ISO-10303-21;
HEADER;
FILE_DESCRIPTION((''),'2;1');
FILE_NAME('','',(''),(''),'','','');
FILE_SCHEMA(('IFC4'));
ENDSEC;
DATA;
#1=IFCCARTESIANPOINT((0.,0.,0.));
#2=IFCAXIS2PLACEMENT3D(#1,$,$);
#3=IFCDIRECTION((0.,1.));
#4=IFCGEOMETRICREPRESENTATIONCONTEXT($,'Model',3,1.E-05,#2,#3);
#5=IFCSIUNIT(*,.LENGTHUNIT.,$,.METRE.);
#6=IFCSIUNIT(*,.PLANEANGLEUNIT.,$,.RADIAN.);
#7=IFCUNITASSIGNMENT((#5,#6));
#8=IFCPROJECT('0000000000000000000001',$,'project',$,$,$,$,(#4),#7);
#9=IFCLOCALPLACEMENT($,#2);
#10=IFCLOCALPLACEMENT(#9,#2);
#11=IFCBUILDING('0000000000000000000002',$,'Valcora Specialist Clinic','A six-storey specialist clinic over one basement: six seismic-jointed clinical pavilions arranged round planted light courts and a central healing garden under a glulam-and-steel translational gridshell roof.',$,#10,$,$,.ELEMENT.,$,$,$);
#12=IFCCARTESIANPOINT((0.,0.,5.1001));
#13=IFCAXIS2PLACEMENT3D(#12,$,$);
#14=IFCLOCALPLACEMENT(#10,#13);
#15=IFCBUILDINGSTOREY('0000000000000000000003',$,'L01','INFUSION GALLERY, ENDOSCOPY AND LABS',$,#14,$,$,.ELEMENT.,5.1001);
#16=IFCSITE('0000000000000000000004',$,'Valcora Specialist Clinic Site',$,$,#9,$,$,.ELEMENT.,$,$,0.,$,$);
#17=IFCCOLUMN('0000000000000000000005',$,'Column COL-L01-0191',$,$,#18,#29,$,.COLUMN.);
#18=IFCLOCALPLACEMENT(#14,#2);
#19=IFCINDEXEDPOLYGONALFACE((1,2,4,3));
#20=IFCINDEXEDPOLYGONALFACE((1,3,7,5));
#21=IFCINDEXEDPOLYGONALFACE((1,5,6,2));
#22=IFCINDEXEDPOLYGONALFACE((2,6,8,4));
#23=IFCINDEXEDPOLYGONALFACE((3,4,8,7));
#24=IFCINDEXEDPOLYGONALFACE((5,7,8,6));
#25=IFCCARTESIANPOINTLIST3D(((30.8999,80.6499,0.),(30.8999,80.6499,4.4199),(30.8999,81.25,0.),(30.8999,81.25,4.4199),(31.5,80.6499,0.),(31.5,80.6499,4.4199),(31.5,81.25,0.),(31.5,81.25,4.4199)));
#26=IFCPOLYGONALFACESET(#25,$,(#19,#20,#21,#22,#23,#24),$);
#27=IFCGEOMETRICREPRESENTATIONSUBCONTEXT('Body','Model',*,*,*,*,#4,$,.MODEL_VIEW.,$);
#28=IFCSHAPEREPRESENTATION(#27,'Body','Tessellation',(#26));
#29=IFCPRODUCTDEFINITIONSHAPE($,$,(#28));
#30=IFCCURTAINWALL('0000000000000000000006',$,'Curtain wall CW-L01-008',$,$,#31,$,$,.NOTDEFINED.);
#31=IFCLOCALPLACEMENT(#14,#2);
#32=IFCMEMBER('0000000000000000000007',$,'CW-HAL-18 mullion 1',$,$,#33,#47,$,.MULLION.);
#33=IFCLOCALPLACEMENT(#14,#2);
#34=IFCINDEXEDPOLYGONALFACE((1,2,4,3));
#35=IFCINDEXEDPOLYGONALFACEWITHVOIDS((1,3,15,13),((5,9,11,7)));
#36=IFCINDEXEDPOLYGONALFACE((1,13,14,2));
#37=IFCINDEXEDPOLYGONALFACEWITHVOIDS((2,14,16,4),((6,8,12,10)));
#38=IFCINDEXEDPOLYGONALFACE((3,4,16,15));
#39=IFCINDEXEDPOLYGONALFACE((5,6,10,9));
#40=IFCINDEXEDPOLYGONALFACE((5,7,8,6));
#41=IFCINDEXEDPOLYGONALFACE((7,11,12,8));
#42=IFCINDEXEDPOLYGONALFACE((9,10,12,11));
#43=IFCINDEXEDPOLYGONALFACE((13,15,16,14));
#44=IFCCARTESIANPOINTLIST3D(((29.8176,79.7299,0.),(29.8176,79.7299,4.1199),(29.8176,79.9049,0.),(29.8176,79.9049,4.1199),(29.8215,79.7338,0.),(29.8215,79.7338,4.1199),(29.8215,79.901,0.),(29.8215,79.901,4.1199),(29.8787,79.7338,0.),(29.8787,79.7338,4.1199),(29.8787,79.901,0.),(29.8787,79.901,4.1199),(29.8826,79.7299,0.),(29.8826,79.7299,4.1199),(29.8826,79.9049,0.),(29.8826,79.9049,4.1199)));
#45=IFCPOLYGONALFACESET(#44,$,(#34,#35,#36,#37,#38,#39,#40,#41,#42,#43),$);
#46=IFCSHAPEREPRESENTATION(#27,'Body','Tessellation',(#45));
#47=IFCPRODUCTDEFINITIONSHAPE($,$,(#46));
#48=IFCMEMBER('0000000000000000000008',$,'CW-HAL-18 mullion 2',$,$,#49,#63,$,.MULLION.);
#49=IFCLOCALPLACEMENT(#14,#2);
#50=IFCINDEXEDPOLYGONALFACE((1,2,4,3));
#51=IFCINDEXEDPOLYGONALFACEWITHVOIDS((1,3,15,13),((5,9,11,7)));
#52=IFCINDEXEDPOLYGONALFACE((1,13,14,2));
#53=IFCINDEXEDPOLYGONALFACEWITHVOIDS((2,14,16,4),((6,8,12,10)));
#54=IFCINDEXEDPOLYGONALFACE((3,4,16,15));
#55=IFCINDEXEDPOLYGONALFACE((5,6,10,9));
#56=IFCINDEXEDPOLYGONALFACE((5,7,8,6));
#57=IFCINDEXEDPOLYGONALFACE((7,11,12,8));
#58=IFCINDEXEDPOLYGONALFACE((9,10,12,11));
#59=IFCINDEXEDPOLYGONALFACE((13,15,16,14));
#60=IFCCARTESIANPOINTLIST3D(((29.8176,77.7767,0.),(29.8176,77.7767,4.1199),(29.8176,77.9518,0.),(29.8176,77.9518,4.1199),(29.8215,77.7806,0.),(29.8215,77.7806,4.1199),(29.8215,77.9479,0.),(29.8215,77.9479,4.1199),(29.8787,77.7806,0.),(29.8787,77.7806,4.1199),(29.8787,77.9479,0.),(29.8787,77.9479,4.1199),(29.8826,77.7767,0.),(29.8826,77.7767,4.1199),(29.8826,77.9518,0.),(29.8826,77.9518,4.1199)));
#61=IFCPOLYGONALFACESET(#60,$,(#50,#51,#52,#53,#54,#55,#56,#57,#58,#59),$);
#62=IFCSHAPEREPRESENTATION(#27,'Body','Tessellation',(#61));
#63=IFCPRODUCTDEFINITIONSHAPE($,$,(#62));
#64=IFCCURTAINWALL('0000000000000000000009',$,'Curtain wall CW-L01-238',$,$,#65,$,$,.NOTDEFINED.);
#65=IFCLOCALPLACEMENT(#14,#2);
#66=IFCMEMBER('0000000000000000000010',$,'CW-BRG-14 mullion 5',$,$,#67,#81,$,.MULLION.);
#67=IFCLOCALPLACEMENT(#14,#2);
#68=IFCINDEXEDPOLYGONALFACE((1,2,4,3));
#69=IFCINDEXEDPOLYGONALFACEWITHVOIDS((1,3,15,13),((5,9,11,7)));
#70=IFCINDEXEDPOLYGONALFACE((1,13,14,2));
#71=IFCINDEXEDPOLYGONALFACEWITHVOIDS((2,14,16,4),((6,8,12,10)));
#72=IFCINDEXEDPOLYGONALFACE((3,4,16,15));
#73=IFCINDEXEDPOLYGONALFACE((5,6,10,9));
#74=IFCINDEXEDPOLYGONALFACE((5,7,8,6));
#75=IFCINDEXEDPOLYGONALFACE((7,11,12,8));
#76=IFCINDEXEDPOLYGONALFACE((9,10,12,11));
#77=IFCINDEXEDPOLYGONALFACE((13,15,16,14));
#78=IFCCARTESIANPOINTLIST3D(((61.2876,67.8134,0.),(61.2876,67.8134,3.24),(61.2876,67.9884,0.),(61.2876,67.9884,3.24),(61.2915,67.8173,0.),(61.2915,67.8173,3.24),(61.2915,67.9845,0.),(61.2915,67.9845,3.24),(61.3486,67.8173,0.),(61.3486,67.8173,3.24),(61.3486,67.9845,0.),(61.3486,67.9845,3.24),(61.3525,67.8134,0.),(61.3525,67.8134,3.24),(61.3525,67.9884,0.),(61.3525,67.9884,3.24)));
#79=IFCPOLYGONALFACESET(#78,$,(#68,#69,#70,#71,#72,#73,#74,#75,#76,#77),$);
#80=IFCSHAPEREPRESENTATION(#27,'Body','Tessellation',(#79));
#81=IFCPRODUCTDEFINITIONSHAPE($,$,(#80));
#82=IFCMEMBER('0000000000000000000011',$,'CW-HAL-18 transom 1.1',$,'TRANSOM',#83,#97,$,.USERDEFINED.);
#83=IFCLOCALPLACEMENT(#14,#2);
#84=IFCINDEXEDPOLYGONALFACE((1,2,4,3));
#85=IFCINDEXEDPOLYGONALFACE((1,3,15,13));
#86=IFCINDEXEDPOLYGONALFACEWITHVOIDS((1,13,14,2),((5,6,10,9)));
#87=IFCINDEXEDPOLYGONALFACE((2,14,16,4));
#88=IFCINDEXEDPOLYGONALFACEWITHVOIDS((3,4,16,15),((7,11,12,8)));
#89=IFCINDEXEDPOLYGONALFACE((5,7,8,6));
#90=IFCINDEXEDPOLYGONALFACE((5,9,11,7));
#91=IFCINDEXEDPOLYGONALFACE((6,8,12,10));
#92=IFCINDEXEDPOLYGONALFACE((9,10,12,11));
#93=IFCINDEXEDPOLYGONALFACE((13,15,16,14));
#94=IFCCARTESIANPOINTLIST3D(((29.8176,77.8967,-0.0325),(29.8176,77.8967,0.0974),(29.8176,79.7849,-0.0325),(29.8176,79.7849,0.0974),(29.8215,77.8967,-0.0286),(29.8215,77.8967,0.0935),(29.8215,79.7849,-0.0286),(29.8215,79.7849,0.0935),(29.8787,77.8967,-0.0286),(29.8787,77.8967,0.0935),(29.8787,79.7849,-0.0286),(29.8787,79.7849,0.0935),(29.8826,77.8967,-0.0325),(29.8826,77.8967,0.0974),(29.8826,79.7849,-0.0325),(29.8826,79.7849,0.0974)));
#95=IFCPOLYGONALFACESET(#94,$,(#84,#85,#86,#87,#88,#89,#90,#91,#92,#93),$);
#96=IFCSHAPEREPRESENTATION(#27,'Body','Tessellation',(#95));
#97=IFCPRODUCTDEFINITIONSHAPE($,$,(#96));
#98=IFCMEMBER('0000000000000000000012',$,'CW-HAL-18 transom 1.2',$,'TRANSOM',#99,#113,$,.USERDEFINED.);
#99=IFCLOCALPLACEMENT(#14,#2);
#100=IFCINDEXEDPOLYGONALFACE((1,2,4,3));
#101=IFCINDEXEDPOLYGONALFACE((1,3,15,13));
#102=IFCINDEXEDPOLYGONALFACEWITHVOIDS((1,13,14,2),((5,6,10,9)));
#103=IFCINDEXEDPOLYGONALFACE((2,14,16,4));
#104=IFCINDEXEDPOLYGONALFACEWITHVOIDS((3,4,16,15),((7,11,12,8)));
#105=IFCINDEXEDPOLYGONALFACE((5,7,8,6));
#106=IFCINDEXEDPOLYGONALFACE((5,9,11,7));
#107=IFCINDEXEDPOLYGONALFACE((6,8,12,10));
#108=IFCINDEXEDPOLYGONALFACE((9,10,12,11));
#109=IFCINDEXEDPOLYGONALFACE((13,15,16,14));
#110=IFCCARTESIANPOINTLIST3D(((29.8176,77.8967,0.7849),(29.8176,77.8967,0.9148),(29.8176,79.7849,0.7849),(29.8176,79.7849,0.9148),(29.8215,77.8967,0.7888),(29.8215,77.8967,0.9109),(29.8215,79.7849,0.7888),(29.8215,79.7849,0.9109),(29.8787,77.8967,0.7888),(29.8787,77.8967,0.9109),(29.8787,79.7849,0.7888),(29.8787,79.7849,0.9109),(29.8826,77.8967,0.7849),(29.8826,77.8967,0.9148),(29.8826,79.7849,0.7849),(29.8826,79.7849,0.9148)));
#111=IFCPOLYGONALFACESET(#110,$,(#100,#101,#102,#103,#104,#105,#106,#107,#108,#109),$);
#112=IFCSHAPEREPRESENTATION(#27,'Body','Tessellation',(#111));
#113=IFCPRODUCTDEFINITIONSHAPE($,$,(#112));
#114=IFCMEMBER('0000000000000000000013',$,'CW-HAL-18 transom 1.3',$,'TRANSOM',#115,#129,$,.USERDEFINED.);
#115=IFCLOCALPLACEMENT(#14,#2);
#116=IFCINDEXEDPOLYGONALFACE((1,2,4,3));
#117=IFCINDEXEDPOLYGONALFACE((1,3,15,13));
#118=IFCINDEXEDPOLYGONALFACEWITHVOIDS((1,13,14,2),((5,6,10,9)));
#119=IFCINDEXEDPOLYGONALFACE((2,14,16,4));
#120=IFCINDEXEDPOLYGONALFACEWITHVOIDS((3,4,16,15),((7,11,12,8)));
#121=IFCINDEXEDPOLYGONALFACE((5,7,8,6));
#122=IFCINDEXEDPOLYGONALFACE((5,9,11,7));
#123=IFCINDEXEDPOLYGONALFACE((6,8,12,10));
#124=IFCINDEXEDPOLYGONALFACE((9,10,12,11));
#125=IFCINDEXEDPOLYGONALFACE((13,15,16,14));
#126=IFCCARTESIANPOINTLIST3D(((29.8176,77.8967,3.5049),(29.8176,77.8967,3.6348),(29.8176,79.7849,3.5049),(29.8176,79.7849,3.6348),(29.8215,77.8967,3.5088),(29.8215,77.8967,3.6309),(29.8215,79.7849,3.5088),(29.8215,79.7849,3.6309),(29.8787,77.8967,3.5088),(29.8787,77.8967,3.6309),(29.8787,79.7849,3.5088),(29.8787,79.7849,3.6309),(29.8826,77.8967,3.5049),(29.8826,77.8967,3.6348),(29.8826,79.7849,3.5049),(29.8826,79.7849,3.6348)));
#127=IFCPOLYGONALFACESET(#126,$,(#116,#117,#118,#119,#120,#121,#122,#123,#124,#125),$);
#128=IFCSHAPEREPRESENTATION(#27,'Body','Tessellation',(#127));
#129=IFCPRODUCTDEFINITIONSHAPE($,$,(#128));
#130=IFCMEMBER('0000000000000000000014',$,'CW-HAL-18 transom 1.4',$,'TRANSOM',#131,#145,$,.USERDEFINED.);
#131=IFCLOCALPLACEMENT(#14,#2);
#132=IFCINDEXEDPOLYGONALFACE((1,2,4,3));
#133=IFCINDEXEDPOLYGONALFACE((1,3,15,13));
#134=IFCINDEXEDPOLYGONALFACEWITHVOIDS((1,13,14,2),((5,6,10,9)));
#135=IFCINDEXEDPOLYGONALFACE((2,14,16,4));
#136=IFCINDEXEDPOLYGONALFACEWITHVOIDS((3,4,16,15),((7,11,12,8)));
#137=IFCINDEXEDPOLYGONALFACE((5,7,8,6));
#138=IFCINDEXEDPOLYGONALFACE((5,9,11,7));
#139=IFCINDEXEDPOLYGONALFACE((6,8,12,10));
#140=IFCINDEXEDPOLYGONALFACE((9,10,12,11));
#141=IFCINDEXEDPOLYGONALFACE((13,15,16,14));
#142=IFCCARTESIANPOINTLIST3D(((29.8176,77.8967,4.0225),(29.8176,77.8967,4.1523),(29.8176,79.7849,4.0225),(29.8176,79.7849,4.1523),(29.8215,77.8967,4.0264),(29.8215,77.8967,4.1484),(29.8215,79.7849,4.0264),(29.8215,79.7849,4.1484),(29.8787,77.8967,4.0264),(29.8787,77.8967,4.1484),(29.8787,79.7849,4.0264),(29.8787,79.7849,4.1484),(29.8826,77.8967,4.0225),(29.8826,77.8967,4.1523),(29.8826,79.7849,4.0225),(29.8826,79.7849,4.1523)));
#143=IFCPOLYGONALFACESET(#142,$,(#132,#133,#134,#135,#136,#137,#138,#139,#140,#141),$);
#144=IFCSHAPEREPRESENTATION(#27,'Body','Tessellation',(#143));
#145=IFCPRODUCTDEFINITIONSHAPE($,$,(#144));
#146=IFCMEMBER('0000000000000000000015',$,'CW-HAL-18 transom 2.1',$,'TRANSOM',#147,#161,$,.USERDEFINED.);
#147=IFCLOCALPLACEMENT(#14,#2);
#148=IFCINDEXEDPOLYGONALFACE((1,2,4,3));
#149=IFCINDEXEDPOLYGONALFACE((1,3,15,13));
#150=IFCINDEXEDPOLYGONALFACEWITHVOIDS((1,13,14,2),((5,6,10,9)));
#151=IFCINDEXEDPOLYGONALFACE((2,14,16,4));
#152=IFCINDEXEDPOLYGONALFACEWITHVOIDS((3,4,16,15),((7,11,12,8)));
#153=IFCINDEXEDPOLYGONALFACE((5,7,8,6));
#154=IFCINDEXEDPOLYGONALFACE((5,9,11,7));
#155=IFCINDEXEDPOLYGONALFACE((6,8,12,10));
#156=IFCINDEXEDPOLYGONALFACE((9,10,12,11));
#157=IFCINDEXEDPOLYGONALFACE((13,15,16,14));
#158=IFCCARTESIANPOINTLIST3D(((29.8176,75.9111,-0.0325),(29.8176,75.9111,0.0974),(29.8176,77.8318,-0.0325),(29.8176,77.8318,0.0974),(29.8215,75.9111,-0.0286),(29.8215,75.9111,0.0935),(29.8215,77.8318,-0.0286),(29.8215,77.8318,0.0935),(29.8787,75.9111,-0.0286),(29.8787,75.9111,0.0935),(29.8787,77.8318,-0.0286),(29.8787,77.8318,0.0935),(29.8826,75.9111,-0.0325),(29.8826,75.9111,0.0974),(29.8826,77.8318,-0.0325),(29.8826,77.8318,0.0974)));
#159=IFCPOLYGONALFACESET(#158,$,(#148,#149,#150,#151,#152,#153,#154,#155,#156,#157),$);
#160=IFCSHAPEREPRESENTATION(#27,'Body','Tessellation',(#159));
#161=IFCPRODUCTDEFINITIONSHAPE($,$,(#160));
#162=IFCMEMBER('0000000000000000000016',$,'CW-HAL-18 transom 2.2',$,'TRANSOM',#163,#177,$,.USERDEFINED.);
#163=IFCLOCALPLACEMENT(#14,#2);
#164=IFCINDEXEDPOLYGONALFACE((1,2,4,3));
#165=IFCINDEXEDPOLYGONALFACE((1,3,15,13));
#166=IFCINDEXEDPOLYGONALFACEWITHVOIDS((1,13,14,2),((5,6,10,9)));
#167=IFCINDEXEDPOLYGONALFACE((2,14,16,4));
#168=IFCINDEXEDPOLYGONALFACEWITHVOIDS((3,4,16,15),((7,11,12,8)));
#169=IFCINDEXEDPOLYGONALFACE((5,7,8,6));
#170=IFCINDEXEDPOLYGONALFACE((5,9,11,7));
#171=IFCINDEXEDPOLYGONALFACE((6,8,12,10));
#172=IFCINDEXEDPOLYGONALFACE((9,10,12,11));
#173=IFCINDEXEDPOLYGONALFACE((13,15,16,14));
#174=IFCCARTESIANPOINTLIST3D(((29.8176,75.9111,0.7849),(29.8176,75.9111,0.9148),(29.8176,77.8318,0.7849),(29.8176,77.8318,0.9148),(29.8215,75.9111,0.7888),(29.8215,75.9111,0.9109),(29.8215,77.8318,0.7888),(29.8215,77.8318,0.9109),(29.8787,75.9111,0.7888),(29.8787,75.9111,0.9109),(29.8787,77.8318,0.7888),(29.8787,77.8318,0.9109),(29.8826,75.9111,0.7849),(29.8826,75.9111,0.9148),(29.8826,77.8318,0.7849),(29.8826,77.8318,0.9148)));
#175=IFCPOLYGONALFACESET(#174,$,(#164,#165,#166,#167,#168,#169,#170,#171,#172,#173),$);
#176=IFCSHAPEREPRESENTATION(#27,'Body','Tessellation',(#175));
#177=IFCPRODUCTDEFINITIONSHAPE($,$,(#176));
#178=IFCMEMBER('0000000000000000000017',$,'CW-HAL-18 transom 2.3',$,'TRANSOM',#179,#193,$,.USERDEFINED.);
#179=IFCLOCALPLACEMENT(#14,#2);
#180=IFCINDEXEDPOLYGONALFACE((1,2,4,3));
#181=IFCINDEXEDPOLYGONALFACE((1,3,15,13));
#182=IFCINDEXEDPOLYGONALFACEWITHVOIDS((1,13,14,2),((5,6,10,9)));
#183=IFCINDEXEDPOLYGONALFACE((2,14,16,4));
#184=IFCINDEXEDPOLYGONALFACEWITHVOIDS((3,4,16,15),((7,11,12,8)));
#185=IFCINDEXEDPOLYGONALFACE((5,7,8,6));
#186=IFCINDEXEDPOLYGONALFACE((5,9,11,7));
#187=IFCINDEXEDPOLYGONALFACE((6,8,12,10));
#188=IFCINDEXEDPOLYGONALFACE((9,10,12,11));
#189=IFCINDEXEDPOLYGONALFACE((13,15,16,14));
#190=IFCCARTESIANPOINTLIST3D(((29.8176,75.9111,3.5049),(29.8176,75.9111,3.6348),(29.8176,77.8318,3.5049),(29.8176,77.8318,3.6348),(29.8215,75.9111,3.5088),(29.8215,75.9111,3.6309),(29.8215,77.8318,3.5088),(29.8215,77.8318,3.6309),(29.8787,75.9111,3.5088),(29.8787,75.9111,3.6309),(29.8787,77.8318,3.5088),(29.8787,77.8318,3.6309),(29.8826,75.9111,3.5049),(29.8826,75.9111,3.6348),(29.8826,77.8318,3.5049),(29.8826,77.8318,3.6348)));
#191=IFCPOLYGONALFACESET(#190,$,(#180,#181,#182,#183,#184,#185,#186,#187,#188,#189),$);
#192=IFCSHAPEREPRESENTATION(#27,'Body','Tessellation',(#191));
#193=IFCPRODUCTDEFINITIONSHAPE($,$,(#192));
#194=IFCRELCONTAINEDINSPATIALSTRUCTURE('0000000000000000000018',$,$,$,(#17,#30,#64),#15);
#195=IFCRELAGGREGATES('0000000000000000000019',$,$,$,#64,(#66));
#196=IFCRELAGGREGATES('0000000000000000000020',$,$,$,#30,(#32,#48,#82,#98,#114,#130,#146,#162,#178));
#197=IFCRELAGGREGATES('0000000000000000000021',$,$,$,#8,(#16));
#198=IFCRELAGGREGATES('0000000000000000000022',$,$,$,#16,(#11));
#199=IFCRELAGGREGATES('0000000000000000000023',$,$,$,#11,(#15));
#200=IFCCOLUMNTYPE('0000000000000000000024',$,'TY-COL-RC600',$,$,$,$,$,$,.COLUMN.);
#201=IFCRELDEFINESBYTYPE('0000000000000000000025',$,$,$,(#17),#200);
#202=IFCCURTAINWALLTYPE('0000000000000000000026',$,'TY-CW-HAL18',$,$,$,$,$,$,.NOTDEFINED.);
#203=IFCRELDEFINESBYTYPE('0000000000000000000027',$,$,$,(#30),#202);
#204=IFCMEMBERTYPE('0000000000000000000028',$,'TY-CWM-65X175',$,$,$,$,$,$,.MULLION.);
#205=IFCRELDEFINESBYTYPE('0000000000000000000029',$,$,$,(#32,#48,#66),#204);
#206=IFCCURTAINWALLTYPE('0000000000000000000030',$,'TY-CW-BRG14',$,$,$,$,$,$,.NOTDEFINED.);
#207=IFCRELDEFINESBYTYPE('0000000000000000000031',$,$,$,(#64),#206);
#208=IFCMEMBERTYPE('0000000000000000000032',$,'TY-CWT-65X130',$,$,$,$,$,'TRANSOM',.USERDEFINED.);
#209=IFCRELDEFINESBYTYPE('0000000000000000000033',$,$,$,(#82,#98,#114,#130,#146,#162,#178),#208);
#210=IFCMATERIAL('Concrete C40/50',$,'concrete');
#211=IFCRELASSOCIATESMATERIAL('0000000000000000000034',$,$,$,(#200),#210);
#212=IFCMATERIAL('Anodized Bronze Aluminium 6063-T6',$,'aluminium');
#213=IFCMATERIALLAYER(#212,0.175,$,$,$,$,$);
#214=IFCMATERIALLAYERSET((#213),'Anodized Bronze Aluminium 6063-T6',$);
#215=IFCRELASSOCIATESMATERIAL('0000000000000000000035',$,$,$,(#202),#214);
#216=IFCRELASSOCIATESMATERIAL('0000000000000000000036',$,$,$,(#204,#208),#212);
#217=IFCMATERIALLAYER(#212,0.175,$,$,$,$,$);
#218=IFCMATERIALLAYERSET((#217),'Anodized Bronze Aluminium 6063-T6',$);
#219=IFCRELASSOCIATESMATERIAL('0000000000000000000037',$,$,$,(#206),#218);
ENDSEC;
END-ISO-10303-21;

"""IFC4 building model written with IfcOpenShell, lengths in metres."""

from ifc_helpers import new_model, si_unit, direction, frame, origin, origin_2d, place, context, subcontext, project, spatial, rectangle, hollow_rectangle, extrude, material, layer, layer_set, material_profile, profile_set, type_object, element, aggregate, save


model = new_model("IFC4")

# Units and contexts
model_context = context("Model", 3, precision=1e-05, world=origin(), true_north=direction((0.0, 1.0)))
body_context = subcontext(model_context, "Body", "Model", "MODEL_VIEW")
ifc_project = project(units=[si_unit("LENGTHUNIT", "METRE"), si_unit("PLANEANGLEUNIT", "RADIAN")], contexts=[model_context])

# Site, building, storey
site_placement = place(None, origin())
site = spatial("IfcSite", under=ifc_project, at=site_placement, Name="Valcora Specialist Clinic Site", CompositionType="ELEMENT", RefElevation=0.0)
building_placement = place(site_placement, origin())
building = spatial("IfcBuilding", under=site, at=building_placement, Name="Valcora Specialist Clinic", Description="A six-storey specialist clinic over one basement: six seismic-jointed clinical pavilions arranged round planted light courts and a central healing garden under a glulam-and-steel translational gridshell roof.", CompositionType="ELEMENT")
storey_placement = place(building_placement, frame((0.0, 0.0, 5.1001)))
storey = spatial("IfcBuildingStorey", under=building, at=storey_placement, Name="L01", Description="INFUSION GALLERY, ENDOSCOPY AND LABS", CompositionType="ELEMENT", Elevation=5.1001)

# Column
ifc_material_1 = material(Name="Concrete C40/50", Category="concrete")
ifc_material_profile_1 = material_profile(ifc_material_1, rectangle(XDim=0.6001, YDim=0.6001, at=origin_2d()), Name="RC-COL-600X600")
ifc_profile_set_1 = profile_set([ifc_material_profile_1], Name="Concrete C40/50")
column_type = type_object("IfcColumnType", Name="TY-COL-RC600", PredefinedType="COLUMN", material=ifc_profile_set_1)
column_placement = place(storey_placement, frame((31.2, 80.95, 0.0), z_axis=(0.0, 0.0, 1.0), x_axis=(1.0, 0.0, 0.0)))
element("IfcColumn", 1, at=column_placement, inside=storey, type_object=column_type, Name="Column COL-L01-0191", PredefinedType="COLUMN", context=body_context, shape_type="SweptSolid", body=[
    extrude(rectangle(XDim=0.6001, YDim=0.6001, at=origin_2d()), origin(), (0.0, 0.0, 1.0), 4.4199),
])

# Curtain wall, members
ifc_material_2 = material(Name="Anodized Bronze Aluminium 6063-T6", Category="aluminium")
ifc_layer_1 = layer(ifc_material_2, 0.175)
ifc_layer_set_1 = layer_set([ifc_layer_1], Name="Anodized Bronze Aluminium 6063-T6")
curtain_wall_type_1 = type_object("IfcCurtainWallType", Name="TY-CW-HAL18", PredefinedType="NOTDEFINED", material=ifc_layer_set_1)
curtain_wall_1_placement = place(storey_placement, origin())
curtain_wall_1 = element("IfcCurtainWall", 2, at=curtain_wall_1_placement, inside=storey, type_object=curtain_wall_type_1, Name="Curtain wall CW-L01-008", PredefinedType="NOTDEFINED")
ifc_material_profile_2 = material_profile(ifc_material_2, hollow_rectangle(XDim=0.0649, YDim=0.175, WallThickness=0.0039, at=origin_2d()), Name="AL-MUL-65X175")
ifc_profile_set_2 = profile_set([ifc_material_profile_2], Name="Anodized Bronze Aluminium 6063-T6")
member_type_1 = type_object("IfcMemberType", Name="TY-CWM-65X175", PredefinedType="MULLION", material=ifc_profile_set_2)
member_1_placement = place(storey_placement, frame((29.8501, 79.8174, 0.0), z_axis=(0.0, 0.0, 1.0), x_axis=(1.0, 0.0, 0.0)))
member_1 = element("IfcMember", 3, at=member_1_placement, type_object=member_type_1, Name="CW-HAL-18 mullion 1", PredefinedType="MULLION", context=body_context, shape_type="SweptSolid", body=[
    extrude(hollow_rectangle(XDim=0.0649, YDim=0.175, WallThickness=0.0039, at=origin_2d()), origin(), (0.0, 0.0, 1.0), 4.1199),
])
member_2_placement = place(storey_placement, frame((29.8501, 77.8643, 0.0), z_axis=(0.0, 0.0, 1.0), x_axis=(1.0, 0.0, 0.0)))
member_2 = element("IfcMember", 4, at=member_2_placement, type_object=member_type_1, Name="CW-HAL-18 mullion 2", PredefinedType="MULLION", context=body_context, shape_type="SweptSolid", body=[
    extrude(hollow_rectangle(XDim=0.0649, YDim=0.175, WallThickness=0.0039, at=origin_2d()), origin(), (0.0, 0.0, 1.0), 4.1199),
])

# Curtain wall, member
ifc_layer_2 = layer(ifc_material_2, 0.175)
ifc_layer_set_2 = layer_set([ifc_layer_2], Name="Anodized Bronze Aluminium 6063-T6")
curtain_wall_type_2 = type_object("IfcCurtainWallType", Name="TY-CW-BRG14", PredefinedType="NOTDEFINED", material=ifc_layer_set_2)
curtain_wall_2_placement = place(storey_placement, origin())
curtain_wall_2 = element("IfcCurtainWall", 5, at=curtain_wall_2_placement, inside=storey, type_object=curtain_wall_type_2, Name="Curtain wall CW-L01-238", PredefinedType="NOTDEFINED")
member_3_placement = place(storey_placement, frame((61.3201, 67.9009, 0.0), z_axis=(0.0, 0.0, 1.0), x_axis=(-1.0, 0.0, 0.0)))
member_3 = element("IfcMember", 6, at=member_3_placement, type_object=member_type_1, Name="CW-BRG-14 mullion 5", PredefinedType="MULLION", context=body_context, shape_type="SweptSolid", body=[
    extrude(hollow_rectangle(XDim=0.0649, YDim=0.175, WallThickness=0.0039, at=origin_2d()), origin(), (0.0, 0.0, 1.0), 3.24),
])

# Members
ifc_material_profile_3 = material_profile(ifc_material_2, hollow_rectangle(XDim=0.0649, YDim=0.1299, WallThickness=0.0039, at=origin_2d()), Name="AL-TRN-65X130")
ifc_profile_set_3 = profile_set([ifc_material_profile_3], Name="Anodized Bronze Aluminium 6063-T6")
member_type_2 = type_object("IfcMemberType", Name="TY-CWT-65X130", ElementType="TRANSOM", PredefinedType="USERDEFINED", material=ifc_profile_set_3)
member_4_placement = place(storey_placement, frame((29.8501, 79.7849, 0.0325), z_axis=(0.0, -1.0, 0.0), x_axis=(1.0, 0.0, 0.0)))
member_4 = element("IfcMember", 7, at=member_4_placement, type_object=member_type_2, Name="CW-HAL-18 transom 1.1", ObjectType="TRANSOM", PredefinedType="USERDEFINED", context=body_context, shape_type="SweptSolid", body=[
    extrude(hollow_rectangle(XDim=0.0649, YDim=0.1299, WallThickness=0.0039, at=origin_2d()), origin(), (0.0, 0.0, 1.0), 1.8882),
])
member_5_placement = place(storey_placement, frame((29.8501, 79.7849, 0.8499), z_axis=(0.0, -1.0, 0.0), x_axis=(1.0, 0.0, 0.0)))
member_5 = element("IfcMember", 8, at=member_5_placement, type_object=member_type_2, Name="CW-HAL-18 transom 1.2", ObjectType="TRANSOM", PredefinedType="USERDEFINED", context=body_context, shape_type="SweptSolid", body=[
    extrude(hollow_rectangle(XDim=0.0649, YDim=0.1299, WallThickness=0.0039, at=origin_2d()), origin(), (0.0, 0.0, 1.0), 1.8882),
])
member_6_placement = place(storey_placement, frame((29.8501, 79.7849, 3.5698), z_axis=(0.0, -1.0, 0.0), x_axis=(1.0, 0.0, 0.0)))
member_6 = element("IfcMember", 9, at=member_6_placement, type_object=member_type_2, Name="CW-HAL-18 transom 1.3", ObjectType="TRANSOM", PredefinedType="USERDEFINED", context=body_context, shape_type="SweptSolid", body=[
    extrude(hollow_rectangle(XDim=0.0649, YDim=0.1299, WallThickness=0.0039, at=origin_2d()), origin(), (0.0, 0.0, 1.0), 1.8882),
])
member_7_placement = place(storey_placement, frame((29.8501, 79.7849, 4.0874), z_axis=(0.0, -1.0, 0.0), x_axis=(1.0, 0.0, 0.0)))
member_7 = element("IfcMember", 10, at=member_7_placement, type_object=member_type_2, Name="CW-HAL-18 transom 1.4", ObjectType="TRANSOM", PredefinedType="USERDEFINED", context=body_context, shape_type="SweptSolid", body=[
    extrude(hollow_rectangle(XDim=0.0649, YDim=0.1299, WallThickness=0.0039, at=origin_2d()), origin(), (0.0, 0.0, 1.0), 1.8882),
])
member_8_placement = place(storey_placement, frame((29.8501, 77.8318, 0.0325), z_axis=(0.0, -1.0, 0.0), x_axis=(1.0, 0.0, 0.0)))
member_8 = element("IfcMember", 11, at=member_8_placement, type_object=member_type_2, Name="CW-HAL-18 transom 2.1", ObjectType="TRANSOM", PredefinedType="USERDEFINED", context=body_context, shape_type="SweptSolid", body=[
    extrude(hollow_rectangle(XDim=0.0649, YDim=0.1299, WallThickness=0.0039, at=origin_2d()), origin(), (0.0, 0.0, 1.0), 1.9207),
])
member_9_placement = place(storey_placement, frame((29.8501, 77.8318, 0.8499), z_axis=(0.0, -1.0, 0.0), x_axis=(1.0, 0.0, 0.0)))
member_9 = element("IfcMember", 12, at=member_9_placement, type_object=member_type_2, Name="CW-HAL-18 transom 2.2", ObjectType="TRANSOM", PredefinedType="USERDEFINED", context=body_context, shape_type="SweptSolid", body=[
    extrude(hollow_rectangle(XDim=0.0649, YDim=0.1299, WallThickness=0.0039, at=origin_2d()), origin(), (0.0, 0.0, 1.0), 1.9207),
])
member_10_placement = place(storey_placement, frame((29.8501, 77.8318, 3.5698), z_axis=(0.0, -1.0, 0.0), x_axis=(1.0, 0.0, 0.0)))
member_10 = element("IfcMember", 13, at=member_10_placement, type_object=member_type_2, Name="CW-HAL-18 transom 2.3", ObjectType="TRANSOM", PredefinedType="USERDEFINED", context=body_context, shape_type="SweptSolid", body=[
    extrude(hollow_rectangle(XDim=0.0649, YDim=0.1299, WallThickness=0.0039, at=origin_2d()), origin(), (0.0, 0.0, 1.0), 1.9207),
])

aggregate(curtain_wall_2, [member_3])
aggregate(curtain_wall_1, [member_1, member_2, member_4, member_5, member_6, member_7, member_8, member_9, member_10])

save(model, "model.ifc")
